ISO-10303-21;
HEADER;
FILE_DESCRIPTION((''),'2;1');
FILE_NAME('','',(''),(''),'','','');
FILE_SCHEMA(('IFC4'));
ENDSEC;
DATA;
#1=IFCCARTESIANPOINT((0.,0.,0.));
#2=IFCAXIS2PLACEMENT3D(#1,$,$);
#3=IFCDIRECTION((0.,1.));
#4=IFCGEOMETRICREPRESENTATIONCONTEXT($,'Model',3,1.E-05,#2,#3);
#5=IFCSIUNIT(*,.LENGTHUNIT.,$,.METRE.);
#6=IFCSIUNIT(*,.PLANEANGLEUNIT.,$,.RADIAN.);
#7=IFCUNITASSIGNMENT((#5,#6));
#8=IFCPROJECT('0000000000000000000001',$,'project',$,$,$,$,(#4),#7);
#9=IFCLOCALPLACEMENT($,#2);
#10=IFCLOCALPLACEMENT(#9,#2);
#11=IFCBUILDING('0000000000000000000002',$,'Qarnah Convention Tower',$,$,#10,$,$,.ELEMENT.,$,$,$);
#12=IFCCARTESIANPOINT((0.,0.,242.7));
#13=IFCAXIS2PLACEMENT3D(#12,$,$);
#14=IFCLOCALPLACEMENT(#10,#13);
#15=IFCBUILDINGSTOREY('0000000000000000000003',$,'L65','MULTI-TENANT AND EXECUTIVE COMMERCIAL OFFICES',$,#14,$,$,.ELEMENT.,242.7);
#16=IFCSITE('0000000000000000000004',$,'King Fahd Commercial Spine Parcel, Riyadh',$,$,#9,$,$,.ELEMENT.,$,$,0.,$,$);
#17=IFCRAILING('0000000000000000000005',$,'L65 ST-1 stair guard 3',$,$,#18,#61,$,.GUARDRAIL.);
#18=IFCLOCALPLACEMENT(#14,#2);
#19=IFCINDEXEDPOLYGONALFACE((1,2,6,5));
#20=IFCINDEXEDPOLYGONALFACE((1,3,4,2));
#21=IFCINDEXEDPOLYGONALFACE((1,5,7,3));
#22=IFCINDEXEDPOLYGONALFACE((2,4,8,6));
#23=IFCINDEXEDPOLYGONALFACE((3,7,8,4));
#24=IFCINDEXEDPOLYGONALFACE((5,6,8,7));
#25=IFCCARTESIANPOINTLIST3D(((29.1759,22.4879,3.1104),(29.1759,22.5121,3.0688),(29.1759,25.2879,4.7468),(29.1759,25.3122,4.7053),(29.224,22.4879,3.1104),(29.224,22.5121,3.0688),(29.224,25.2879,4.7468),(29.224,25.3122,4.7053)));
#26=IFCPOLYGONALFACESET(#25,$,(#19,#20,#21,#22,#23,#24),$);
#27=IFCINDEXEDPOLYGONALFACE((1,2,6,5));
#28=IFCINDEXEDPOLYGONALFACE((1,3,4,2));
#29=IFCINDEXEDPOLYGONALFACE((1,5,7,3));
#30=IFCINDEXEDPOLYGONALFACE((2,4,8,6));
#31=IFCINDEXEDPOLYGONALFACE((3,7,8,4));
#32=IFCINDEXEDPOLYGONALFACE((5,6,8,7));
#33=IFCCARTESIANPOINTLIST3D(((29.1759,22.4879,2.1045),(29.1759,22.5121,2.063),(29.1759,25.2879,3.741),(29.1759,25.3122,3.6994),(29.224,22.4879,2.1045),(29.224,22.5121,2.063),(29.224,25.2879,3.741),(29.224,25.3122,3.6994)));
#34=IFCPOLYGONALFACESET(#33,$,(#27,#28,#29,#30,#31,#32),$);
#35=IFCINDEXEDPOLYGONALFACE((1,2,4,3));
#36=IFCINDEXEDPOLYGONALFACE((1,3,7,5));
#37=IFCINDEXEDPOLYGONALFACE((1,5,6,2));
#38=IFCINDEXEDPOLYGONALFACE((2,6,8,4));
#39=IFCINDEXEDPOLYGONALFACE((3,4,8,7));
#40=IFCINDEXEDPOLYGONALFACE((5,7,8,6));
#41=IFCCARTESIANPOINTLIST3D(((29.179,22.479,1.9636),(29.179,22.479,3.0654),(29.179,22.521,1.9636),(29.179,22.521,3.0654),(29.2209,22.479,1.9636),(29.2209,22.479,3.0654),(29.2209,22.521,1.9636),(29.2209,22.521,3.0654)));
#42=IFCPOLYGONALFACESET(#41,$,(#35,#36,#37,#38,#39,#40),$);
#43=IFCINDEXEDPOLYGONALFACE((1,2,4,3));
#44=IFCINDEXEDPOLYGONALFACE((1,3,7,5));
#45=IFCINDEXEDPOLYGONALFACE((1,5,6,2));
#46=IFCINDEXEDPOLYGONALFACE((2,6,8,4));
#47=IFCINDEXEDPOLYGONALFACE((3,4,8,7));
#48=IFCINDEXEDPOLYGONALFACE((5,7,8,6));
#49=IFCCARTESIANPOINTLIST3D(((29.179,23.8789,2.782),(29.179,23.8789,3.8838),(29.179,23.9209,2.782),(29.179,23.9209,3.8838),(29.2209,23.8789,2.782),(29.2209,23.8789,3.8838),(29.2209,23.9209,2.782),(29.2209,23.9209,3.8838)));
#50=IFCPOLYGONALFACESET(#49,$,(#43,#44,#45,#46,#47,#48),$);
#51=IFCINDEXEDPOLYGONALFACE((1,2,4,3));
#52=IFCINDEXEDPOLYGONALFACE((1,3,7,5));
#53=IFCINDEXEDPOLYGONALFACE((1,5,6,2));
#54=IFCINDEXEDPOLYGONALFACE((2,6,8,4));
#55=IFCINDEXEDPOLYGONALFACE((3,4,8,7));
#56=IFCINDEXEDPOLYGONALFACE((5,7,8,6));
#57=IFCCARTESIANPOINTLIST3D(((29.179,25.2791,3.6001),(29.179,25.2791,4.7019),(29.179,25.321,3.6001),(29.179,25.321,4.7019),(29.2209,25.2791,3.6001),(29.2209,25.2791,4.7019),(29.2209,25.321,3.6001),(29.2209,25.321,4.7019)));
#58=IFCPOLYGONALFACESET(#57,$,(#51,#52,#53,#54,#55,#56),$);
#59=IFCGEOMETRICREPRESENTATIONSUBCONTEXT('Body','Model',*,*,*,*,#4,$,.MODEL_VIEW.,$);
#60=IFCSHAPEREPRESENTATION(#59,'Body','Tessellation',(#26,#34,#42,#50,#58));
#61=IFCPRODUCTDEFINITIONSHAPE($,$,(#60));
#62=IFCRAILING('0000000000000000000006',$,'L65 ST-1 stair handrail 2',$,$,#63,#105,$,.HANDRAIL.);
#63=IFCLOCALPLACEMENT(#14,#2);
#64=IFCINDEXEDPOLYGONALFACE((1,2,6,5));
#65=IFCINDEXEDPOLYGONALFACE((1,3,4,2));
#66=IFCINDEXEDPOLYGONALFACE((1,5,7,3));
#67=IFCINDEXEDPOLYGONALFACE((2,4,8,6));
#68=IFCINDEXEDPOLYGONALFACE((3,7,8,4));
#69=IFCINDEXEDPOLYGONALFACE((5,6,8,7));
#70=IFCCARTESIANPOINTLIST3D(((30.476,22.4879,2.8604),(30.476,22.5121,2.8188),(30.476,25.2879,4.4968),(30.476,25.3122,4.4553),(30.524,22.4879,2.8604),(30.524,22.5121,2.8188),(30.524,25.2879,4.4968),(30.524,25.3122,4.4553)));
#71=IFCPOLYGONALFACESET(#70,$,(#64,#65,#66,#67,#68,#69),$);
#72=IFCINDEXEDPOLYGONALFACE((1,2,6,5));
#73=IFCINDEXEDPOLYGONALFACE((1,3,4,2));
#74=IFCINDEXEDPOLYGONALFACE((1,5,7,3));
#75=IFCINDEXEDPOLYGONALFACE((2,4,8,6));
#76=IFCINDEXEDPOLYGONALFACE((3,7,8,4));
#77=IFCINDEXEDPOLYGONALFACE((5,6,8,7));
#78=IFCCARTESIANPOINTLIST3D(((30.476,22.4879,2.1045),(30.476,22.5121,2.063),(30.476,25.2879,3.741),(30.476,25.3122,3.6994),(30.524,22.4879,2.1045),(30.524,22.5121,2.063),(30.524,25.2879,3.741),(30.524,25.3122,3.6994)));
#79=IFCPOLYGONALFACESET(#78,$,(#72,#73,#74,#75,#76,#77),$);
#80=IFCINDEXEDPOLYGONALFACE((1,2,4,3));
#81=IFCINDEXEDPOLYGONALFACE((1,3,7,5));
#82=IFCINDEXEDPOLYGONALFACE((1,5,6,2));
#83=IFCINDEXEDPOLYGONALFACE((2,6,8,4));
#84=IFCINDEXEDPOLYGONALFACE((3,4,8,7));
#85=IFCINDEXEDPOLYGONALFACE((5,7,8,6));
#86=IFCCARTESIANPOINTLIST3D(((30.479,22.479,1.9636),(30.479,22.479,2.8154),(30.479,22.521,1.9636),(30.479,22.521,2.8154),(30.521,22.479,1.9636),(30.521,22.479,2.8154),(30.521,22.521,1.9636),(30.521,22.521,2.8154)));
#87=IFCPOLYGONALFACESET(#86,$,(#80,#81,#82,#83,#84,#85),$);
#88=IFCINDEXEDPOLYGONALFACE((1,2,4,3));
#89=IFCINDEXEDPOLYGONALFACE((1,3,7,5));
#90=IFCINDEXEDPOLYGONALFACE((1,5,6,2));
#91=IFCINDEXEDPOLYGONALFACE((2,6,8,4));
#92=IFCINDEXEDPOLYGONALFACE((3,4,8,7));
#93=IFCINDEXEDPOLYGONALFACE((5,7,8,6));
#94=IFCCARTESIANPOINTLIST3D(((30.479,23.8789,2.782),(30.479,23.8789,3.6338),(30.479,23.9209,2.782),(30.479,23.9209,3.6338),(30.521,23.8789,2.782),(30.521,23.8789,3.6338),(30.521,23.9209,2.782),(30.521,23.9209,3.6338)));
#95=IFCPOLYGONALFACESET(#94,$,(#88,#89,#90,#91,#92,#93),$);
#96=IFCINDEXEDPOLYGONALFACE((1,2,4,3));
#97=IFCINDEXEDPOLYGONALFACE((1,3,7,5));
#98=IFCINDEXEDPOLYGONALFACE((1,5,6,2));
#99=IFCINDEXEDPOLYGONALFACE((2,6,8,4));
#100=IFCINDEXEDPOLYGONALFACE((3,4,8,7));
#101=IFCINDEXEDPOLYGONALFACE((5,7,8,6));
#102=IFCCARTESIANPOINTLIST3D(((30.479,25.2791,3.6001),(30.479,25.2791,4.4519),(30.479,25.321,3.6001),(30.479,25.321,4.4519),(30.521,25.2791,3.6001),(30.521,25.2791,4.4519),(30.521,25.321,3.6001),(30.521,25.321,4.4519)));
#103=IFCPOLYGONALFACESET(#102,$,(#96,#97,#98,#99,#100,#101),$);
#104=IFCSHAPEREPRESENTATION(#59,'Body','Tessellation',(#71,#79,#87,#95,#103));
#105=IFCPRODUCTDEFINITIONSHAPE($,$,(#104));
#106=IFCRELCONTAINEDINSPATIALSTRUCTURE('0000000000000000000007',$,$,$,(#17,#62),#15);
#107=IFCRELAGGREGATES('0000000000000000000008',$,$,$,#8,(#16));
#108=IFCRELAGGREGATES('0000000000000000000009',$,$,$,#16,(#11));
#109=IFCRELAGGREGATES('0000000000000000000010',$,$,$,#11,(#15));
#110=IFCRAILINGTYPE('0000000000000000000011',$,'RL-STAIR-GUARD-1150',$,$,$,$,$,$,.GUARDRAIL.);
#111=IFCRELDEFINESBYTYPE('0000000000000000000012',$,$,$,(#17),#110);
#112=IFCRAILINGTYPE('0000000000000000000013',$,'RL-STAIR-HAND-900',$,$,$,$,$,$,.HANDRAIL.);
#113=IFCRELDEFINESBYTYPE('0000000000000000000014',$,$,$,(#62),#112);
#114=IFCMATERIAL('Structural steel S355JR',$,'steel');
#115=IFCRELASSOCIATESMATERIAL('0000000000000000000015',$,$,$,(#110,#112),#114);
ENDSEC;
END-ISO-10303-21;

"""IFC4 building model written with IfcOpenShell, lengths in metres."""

from ifc_helpers import new_model, si_unit, direction, frame, origin, origin_2d, place, context, subcontext, project, spatial, rectangle, extrude, material, type_object, element, save


model = new_model("IFC4")

# Units and contexts
model_context = context("Model", 3, precision=1e-05, world=origin(), true_north=direction((0.0, 1.0)))
body_context = subcontext(model_context, "Body", "Model", "MODEL_VIEW")
ifc_project = project(units=[si_unit("LENGTHUNIT", "METRE"), si_unit("PLANEANGLEUNIT", "RADIAN")], contexts=[model_context])

# Site, building, storey
site_placement = place(None, origin())
site = spatial("IfcSite", under=ifc_project, at=site_placement, Name="King Fahd Commercial Spine Parcel, Riyadh", CompositionType="ELEMENT", RefElevation=0.0)
building_placement = place(site_placement, origin())
building = spatial("IfcBuilding", under=site, at=building_placement, Name="Qarnah Convention Tower", CompositionType="ELEMENT")
storey_placement = place(building_placement, frame((0.0, 0.0, 242.7)))
storey = spatial("IfcBuildingStorey", under=building, at=storey_placement, Name="L65", Description="MULTI-TENANT AND EXECUTIVE COMMERCIAL OFFICES", CompositionType="ELEMENT", Elevation=242.7)

# Shared definitions
ifc_material_1 = material(Name="Structural steel S355JR", Category="steel")

# Railings
railing_type_1 = type_object("IfcRailingType", Name="RL-STAIR-GUARD-1150", PredefinedType="GUARDRAIL", material=ifc_material_1)
railing_1_placement = place(storey_placement, frame((29.2, 22.5, 1.9636)))
element("IfcRailing", 1, at=railing_1_placement, inside=storey, type_object=railing_type_1, Name="L65 ST-1 stair guard 3", PredefinedType="GUARDRAIL", context=body_context, shape_type="SweptSolid", body=[
    extrude(rectangle(XDim=0.0481, YDim=0.0481, at=origin_2d()), frame((0.0, 0.0, 1.126), z_axis=(0.0, 0.863361, 0.504587), x_axis=(-1.0, 0.0, 0.0)), (0.0, 0.0, 1.0), 3.2432),
    extrude(rectangle(XDim=0.0481, YDim=0.0481, at=origin_2d()), frame((0.0, 0.0, 0.1201), z_axis=(0.0, 0.863361, 0.504587), x_axis=(-1.0, 0.0, 0.0)), (0.0, 0.0, 1.0), 3.2432),
    extrude(rectangle(XDim=0.042, YDim=0.042, at=origin_2d()), origin(), (0.0, 0.0, 1.0), 1.1018),
    extrude(rectangle(XDim=0.042, YDim=0.042, at=origin_2d()), frame((0.0, 1.3999, 0.8184)), (0.0, 0.0, 1.0), 1.1018),
    extrude(rectangle(XDim=0.042, YDim=0.042, at=origin_2d()), frame((0.0, 2.8, 1.6365)), (0.0, 0.0, 1.0), 1.1018),
])
railing_type_2 = type_object("IfcRailingType", Name="RL-STAIR-HAND-900", PredefinedType="HANDRAIL", material=ifc_material_1)
railing_2_placement = place(storey_placement, frame((30.5, 22.5, 1.9636)))
element("IfcRailing", 2, at=railing_2_placement, inside=storey, type_object=railing_type_2, Name="L65 ST-1 stair handrail 2", PredefinedType="HANDRAIL", context=body_context, shape_type="SweptSolid", body=[
    extrude(rectangle(XDim=0.0481, YDim=0.0481, at=origin_2d()), frame((0.0, 0.0, 0.876), z_axis=(0.0, 0.863361, 0.504587), x_axis=(-1.0, 0.0, 0.0)), (0.0, 0.0, 1.0), 3.2432),
    extrude(rectangle(XDim=0.0481, YDim=0.0481, at=origin_2d()), frame((0.0, 0.0, 0.1201), z_axis=(0.0, 0.863361, 0.504587), x_axis=(-1.0, 0.0, 0.0)), (0.0, 0.0, 1.0), 3.2432),
    extrude(rectangle(XDim=0.042, YDim=0.042, at=origin_2d()), origin(), (0.0, 0.0, 1.0), 0.8518),
    extrude(rectangle(XDim=0.042, YDim=0.042, at=origin_2d()), frame((0.0, 1.3999, 0.8184)), (0.0, 0.0, 1.0), 0.8518),
    extrude(rectangle(XDim=0.042, YDim=0.042, at=origin_2d()), frame((0.0, 2.8, 1.6365)), (0.0, 0.0, 1.0), 0.8518),
])

save(model, "model.ifc")
